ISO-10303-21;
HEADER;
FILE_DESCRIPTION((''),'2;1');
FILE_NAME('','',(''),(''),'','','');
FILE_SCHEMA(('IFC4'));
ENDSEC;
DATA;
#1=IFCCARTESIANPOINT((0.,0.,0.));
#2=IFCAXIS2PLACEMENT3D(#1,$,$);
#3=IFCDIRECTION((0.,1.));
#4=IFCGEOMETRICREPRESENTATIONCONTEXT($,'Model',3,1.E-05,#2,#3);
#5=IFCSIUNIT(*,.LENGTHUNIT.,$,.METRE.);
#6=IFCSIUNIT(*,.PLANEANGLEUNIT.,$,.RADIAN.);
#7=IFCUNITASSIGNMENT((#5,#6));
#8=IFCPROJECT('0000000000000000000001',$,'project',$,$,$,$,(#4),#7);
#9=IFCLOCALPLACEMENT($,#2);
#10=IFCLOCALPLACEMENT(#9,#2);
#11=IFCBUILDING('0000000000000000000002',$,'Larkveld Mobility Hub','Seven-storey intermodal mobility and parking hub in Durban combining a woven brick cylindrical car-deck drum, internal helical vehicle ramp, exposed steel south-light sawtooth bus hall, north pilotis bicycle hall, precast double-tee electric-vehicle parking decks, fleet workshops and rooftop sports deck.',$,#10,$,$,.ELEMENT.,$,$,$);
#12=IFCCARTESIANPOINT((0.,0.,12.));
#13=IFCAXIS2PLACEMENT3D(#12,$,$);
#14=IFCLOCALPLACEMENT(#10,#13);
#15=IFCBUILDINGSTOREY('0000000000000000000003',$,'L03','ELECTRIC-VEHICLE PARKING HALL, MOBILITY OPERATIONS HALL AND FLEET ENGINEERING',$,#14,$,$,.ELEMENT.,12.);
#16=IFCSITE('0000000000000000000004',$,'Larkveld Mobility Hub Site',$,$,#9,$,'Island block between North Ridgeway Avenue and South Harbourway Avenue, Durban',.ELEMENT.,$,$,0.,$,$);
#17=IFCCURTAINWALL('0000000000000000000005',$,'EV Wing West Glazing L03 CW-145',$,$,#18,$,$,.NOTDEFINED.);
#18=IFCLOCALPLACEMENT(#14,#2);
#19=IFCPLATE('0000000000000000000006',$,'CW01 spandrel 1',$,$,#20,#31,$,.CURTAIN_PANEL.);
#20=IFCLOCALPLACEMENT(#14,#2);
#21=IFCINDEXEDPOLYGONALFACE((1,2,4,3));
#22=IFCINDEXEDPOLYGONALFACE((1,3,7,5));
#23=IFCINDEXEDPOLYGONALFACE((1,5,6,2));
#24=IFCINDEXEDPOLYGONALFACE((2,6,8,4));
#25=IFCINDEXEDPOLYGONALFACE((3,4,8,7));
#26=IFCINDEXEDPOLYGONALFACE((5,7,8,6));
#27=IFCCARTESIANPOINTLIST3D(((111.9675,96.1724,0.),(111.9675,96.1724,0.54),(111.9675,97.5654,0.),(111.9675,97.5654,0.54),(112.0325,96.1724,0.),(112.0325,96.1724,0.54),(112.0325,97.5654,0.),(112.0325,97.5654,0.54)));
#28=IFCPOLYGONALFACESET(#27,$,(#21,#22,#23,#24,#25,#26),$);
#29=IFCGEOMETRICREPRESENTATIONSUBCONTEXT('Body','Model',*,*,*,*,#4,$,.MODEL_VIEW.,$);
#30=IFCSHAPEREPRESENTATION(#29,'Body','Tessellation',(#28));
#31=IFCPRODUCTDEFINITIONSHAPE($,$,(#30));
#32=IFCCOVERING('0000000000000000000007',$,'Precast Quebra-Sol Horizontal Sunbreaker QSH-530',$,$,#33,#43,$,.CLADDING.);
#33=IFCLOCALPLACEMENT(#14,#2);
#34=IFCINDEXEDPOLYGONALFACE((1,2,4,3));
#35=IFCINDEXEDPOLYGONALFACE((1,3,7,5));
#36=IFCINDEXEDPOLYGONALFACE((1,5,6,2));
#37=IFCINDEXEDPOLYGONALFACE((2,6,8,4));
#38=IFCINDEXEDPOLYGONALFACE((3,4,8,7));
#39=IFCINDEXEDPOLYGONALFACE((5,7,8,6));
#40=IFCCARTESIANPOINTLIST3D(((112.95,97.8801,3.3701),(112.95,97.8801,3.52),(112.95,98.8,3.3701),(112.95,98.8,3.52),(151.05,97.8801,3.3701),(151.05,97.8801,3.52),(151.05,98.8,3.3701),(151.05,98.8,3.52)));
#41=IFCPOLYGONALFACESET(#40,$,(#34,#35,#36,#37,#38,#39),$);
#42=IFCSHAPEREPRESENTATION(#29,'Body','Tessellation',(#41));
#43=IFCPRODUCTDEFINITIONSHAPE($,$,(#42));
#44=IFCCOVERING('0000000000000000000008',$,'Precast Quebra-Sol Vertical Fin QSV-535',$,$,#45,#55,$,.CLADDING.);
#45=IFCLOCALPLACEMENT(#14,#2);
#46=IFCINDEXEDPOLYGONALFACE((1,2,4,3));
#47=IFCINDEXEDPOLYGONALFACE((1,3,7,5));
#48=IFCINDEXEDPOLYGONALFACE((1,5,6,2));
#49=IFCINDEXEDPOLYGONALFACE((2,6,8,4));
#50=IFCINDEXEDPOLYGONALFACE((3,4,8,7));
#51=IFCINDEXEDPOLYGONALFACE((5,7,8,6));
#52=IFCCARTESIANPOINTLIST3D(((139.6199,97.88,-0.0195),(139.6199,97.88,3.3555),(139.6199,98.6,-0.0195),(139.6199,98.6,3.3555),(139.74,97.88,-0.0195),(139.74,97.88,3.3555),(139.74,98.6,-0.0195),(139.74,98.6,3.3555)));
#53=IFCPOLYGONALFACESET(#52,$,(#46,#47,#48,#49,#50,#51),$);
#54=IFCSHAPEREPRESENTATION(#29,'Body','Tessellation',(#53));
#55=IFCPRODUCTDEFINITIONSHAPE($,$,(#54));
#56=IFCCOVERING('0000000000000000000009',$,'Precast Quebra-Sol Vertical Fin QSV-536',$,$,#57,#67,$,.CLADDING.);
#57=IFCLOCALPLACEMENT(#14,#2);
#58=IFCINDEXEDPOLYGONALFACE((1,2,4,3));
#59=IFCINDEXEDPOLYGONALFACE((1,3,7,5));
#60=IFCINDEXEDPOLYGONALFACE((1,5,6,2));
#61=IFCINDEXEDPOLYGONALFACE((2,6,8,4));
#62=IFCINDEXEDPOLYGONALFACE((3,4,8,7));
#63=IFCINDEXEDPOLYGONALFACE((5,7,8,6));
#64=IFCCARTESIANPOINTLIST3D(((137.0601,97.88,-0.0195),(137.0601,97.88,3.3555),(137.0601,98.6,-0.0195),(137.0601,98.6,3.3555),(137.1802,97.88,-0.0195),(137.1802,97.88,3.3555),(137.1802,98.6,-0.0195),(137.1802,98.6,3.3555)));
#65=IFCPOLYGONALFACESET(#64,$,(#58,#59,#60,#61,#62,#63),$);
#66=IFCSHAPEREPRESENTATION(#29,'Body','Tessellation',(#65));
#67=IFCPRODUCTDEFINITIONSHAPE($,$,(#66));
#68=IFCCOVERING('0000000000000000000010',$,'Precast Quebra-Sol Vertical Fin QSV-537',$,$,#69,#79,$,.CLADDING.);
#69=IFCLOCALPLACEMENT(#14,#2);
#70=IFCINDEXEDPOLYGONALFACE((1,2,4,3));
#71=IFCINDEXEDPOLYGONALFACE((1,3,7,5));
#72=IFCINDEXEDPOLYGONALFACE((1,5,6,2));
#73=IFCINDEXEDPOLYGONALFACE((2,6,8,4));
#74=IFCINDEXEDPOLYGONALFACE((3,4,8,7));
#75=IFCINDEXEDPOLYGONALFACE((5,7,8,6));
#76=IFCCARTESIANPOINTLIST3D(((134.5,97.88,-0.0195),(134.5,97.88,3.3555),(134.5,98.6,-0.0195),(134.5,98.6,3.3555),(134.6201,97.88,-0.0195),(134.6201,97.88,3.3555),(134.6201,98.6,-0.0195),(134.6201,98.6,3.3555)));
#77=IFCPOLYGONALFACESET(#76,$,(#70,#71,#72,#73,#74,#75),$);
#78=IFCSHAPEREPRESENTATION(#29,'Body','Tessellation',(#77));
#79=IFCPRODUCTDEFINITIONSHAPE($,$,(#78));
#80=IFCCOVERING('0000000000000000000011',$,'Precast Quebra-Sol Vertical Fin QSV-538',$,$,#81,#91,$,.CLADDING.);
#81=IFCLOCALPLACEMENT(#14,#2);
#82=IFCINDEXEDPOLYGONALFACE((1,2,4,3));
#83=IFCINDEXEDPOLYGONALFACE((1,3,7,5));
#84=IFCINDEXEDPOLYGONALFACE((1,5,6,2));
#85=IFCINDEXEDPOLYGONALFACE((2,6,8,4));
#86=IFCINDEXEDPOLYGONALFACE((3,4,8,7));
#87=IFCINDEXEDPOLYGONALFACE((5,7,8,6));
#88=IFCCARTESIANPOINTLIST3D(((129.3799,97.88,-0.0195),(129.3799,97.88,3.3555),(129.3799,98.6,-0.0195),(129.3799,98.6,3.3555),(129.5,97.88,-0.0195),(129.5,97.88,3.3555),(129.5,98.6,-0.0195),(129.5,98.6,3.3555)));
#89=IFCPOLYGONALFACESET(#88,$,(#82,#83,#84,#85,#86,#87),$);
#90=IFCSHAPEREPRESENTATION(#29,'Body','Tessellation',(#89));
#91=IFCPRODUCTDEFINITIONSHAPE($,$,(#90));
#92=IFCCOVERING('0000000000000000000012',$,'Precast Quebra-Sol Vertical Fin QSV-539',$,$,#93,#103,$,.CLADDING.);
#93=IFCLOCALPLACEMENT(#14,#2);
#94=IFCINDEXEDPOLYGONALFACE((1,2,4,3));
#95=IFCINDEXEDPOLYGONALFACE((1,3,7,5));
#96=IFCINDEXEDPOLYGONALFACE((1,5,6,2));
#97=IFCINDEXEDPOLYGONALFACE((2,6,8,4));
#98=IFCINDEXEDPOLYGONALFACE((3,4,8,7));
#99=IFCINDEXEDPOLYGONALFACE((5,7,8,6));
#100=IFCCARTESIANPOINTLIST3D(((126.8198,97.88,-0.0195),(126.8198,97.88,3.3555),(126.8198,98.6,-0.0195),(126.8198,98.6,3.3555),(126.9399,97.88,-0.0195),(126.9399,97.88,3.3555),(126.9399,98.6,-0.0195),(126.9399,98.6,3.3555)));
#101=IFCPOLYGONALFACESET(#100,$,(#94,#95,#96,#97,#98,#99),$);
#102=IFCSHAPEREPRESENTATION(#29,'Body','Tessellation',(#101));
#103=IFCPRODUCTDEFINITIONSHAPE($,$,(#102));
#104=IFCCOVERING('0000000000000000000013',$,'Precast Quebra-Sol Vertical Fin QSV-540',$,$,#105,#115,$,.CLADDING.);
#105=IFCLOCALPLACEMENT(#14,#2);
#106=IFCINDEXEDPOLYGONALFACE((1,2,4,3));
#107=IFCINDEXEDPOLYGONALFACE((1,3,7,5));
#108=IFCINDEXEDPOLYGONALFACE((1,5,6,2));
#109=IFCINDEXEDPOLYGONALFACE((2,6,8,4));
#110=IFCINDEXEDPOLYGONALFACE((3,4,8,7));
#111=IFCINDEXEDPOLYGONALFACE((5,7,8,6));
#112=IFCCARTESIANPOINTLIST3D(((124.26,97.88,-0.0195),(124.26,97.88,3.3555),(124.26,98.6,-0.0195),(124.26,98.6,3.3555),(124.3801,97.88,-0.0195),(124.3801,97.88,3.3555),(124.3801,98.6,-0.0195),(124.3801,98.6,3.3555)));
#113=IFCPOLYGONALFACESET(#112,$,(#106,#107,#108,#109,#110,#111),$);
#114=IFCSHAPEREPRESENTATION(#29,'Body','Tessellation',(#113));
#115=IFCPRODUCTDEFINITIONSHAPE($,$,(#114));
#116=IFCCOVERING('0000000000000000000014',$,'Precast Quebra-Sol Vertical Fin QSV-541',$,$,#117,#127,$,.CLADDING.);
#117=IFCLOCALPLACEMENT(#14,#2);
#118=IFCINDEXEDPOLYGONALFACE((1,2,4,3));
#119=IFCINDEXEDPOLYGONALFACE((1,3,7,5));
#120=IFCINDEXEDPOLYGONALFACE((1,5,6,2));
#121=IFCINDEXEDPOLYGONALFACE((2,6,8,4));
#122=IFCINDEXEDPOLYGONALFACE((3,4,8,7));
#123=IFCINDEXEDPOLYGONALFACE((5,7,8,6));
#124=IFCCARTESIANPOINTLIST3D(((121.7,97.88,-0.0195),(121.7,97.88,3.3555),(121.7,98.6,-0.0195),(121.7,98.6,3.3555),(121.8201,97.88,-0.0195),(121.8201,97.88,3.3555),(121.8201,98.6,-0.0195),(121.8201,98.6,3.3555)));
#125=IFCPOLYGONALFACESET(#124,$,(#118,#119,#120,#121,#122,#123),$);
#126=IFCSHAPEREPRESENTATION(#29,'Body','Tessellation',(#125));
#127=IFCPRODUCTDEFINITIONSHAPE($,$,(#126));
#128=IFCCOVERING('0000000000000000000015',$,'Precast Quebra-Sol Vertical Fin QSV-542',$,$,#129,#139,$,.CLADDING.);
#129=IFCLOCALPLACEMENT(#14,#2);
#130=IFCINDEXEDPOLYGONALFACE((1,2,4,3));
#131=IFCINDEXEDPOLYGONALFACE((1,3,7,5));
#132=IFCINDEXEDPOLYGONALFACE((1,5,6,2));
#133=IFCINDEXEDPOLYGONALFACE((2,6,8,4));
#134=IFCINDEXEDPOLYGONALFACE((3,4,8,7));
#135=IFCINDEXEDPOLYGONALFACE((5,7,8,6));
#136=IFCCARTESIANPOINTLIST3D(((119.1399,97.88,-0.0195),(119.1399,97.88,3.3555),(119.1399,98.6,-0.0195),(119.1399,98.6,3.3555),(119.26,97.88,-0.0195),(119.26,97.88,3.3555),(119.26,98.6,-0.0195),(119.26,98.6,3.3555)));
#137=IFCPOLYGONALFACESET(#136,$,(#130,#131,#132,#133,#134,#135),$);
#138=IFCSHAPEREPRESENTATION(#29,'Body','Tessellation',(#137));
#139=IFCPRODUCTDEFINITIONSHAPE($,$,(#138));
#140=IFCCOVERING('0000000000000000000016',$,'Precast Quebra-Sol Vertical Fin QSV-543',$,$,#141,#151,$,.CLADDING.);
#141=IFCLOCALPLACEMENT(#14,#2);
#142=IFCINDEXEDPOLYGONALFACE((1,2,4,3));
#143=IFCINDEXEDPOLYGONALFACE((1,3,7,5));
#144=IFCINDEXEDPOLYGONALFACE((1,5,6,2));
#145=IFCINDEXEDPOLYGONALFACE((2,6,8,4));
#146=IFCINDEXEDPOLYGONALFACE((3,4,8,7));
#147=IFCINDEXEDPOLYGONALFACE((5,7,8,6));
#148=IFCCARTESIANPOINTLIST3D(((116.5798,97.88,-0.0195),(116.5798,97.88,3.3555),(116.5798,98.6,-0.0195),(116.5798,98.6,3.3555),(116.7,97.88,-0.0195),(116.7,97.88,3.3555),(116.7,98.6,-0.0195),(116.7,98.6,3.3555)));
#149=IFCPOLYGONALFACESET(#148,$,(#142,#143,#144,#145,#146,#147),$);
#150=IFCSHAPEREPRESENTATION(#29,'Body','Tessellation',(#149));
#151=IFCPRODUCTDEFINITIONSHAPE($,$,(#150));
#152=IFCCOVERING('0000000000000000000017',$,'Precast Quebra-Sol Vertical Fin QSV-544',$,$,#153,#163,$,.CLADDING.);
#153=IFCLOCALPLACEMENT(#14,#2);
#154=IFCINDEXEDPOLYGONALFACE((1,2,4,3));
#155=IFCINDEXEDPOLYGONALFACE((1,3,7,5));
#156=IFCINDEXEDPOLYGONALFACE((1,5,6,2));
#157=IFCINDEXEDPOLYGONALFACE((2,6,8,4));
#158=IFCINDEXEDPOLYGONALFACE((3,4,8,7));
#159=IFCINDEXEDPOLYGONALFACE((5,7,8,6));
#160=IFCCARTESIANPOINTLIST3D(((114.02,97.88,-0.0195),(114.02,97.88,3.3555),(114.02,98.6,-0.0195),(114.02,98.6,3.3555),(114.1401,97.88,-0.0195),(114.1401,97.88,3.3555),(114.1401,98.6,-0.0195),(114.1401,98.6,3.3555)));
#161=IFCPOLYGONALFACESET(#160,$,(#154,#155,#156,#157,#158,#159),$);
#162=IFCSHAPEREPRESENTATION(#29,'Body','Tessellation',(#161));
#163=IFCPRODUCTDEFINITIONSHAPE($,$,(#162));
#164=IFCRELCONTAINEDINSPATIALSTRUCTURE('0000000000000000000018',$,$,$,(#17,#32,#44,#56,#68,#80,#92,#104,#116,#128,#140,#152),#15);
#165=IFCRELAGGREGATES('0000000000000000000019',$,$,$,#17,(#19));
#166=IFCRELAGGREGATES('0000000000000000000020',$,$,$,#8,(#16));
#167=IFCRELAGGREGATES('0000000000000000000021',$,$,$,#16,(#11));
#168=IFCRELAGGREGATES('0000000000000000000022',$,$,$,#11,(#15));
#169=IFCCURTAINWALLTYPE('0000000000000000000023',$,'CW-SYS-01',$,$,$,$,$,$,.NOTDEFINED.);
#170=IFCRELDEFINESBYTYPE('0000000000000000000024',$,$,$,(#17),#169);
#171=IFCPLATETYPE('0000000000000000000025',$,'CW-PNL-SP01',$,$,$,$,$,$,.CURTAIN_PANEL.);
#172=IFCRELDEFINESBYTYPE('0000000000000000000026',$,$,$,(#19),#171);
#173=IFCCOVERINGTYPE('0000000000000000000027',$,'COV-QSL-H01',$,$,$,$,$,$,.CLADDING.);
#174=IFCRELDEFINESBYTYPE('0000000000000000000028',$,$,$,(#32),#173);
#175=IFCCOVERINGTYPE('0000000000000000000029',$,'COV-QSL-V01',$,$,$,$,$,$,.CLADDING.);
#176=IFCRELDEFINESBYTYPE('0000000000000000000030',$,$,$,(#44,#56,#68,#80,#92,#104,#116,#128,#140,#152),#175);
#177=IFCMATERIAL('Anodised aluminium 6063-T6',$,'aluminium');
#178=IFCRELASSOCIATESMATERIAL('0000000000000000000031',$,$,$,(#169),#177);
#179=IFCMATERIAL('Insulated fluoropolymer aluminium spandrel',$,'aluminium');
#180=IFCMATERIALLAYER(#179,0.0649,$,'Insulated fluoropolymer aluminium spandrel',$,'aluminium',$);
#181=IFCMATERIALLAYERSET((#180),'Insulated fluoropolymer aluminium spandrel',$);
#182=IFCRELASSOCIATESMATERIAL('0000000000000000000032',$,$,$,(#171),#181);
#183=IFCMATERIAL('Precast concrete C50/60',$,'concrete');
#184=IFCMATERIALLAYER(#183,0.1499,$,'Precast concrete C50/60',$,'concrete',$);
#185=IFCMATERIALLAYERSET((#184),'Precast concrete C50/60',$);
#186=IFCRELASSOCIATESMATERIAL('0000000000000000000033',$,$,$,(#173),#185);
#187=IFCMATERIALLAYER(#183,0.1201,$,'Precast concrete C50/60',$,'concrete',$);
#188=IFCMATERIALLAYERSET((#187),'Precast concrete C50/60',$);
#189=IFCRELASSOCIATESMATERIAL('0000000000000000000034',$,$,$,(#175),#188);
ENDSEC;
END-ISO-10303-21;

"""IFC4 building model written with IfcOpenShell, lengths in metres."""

from ifc_helpers import new_model, si_unit, direction, frame, origin, origin_2d, place, context, subcontext, project, spatial, rectangle, extrude, material, layer, layer_set, type_object, element, aggregate, save


model = new_model("IFC4")

# Units and contexts
model_context = context("Model", 3, precision=1e-05, world=origin(), true_north=direction((0.0, 1.0)))
body_context = subcontext(model_context, "Body", "Model", "MODEL_VIEW")
ifc_project = project(units=[si_unit("LENGTHUNIT", "METRE"), si_unit("PLANEANGLEUNIT", "RADIAN")], contexts=[model_context])

# Site, building, storey
site_placement = place(None, origin())
site = spatial("IfcSite", under=ifc_project, at=site_placement, Name="Larkveld Mobility Hub Site", LongName="Island block between North Ridgeway Avenue and South Harbourway Avenue, Durban", CompositionType="ELEMENT", RefElevation=0.0)
building_placement = place(site_placement, origin())
building = spatial("IfcBuilding", under=site, at=building_placement, Name="Larkveld Mobility Hub", Description="Seven-storey intermodal mobility and parking hub in Durban combining a woven brick cylindrical car-deck drum, internal helical vehicle ramp, exposed steel south-light sawtooth bus hall, north pilotis bicycle hall, precast double-tee electric-vehicle parking decks, fleet workshops and rooftop sports deck.", CompositionType="ELEMENT")
storey_placement = place(building_placement, frame((0.0, 0.0, 12.0)))
storey = spatial("IfcBuildingStorey", under=building, at=storey_placement, Name="L03", Description="ELECTRIC-VEHICLE PARKING HALL, MOBILITY OPERATIONS HALL AND FLEET ENGINEERING", CompositionType="ELEMENT", Elevation=12.0)

# Shared definitions
ifc_material_1 = material(Name="Precast concrete C50/60", Category="concrete")

# Curtain wall, plate
ifc_material_2 = material(Name="Anodised aluminium 6063-T6", Category="aluminium")
curtain_wall_type = type_object("IfcCurtainWallType", Name="CW-SYS-01", PredefinedType="NOTDEFINED", material=ifc_material_2)
curtain_wall_placement = place(storey_placement, origin())
curtain_wall = element("IfcCurtainWall", 1, at=curtain_wall_placement, inside=storey, type_object=curtain_wall_type, Name="EV Wing West Glazing L03 CW-145", PredefinedType="NOTDEFINED")
ifc_material_3 = material(Name="Insulated fluoropolymer aluminium spandrel", Category="aluminium")
ifc_layer_1 = layer(ifc_material_3, 0.0649, Name="Insulated fluoropolymer aluminium spandrel", Category="aluminium")
ifc_layer_set_1 = layer_set([ifc_layer_1], Name="Insulated fluoropolymer aluminium spandrel")
plate_type_1 = type_object("IfcPlateType", Name="CW-PNL-SP01", PredefinedType="CURTAIN_PANEL", material=ifc_layer_set_1)
plate_1_placement = place(storey_placement, frame((112.0, 96.8689, 0.0), z_axis=(0.0, 0.0, 1.0), x_axis=(0.0, -1.0, 0.0)))
plate_1 = element("IfcPlate", 2, at=plate_1_placement, type_object=plate_type_1, Name="CW01 spandrel 1", PredefinedType="CURTAIN_PANEL", context=body_context, shape_type="SweptSolid", body=[
    extrude(rectangle(XDim=1.3931, YDim=0.0649, at=origin_2d()), origin(), (0.0, 0.0, 1.0), 0.54),
])
aggregate(curtain_wall, [plate_1])

# Coverings
ifc_layer_2 = layer(ifc_material_1, 0.1499, Name="Precast concrete C50/60", Category="concrete")
ifc_layer_set_2 = layer_set([ifc_layer_2], Name="Precast concrete C50/60")
covering_type_1 = type_object("IfcCoveringType", Name="COV-QSL-H01", PredefinedType="CLADDING", material=ifc_layer_set_2)
covering_placement = place(storey_placement, frame((132.0, 98.3401, 3.3701), z_axis=(0.0, 0.0, 1.0), x_axis=(-1.0, 0.0, 0.0)))
element("IfcCovering", 3, at=covering_placement, inside=storey, type_object=covering_type_1, Name="Precast Quebra-Sol Horizontal Sunbreaker QSH-530", PredefinedType="CLADDING", context=body_context, shape_type="SweptSolid", body=[
    extrude(rectangle(XDim=38.1001, YDim=0.9199, at=origin_2d()), origin(), (0.0, 0.0, 1.0), 0.1499),
])
ifc_layer_3 = layer(ifc_material_1, 0.1201, Name="Precast concrete C50/60", Category="concrete")
ifc_layer_set_3 = layer_set([ifc_layer_3], Name="Precast concrete C50/60")
covering_type_2 = type_object("IfcCoveringType", Name="COV-QSL-V01", PredefinedType="CLADDING", material=ifc_layer_set_3)
for number, where, z_axis, x_axis, name in (
    (4, (139.6799, 98.24, -0.0195), (0.0, 0.0, 1.0), (-1.0, 0.0, 0.0), "Precast Quebra-Sol Vertical Fin QSV-535"),
    (5, (137.1201, 98.24, -0.0195), (0.0, 0.0, 1.0), (-1.0, 0.0, 0.0), "Precast Quebra-Sol Vertical Fin QSV-536"),
    (6, (134.5601, 98.24, -0.0195), (0.0, 0.0, 1.0), (-1.0, 0.0, 0.0), "Precast Quebra-Sol Vertical Fin QSV-537"),
    (7, (129.4399, 98.24, -0.0195), (0.0, 0.0, 1.0), (-1.0, 0.0, 0.0), "Precast Quebra-Sol Vertical Fin QSV-538"),
    (8, (126.8799, 98.24, -0.0195), (0.0, 0.0, 1.0), (-1.0, 0.0, 0.0), "Precast Quebra-Sol Vertical Fin QSV-539"),
    (9, (124.3201, 98.24, -0.0195), (0.0, 0.0, 1.0), (-1.0, 0.0, 0.0), "Precast Quebra-Sol Vertical Fin QSV-540"),
    (10, (121.76, 98.24, -0.0195), (0.0, 0.0, 1.0), (-1.0, 0.0, 0.0), "Precast Quebra-Sol Vertical Fin QSV-541"),
    (11, (119.2, 98.24, -0.0195), (0.0, 0.0, 1.0), (-1.0, 0.0, 0.0), "Precast Quebra-Sol Vertical Fin QSV-542"),
    (12, (116.6399, 98.24, -0.0195), (0.0, 0.0, 1.0), (-1.0, 0.0, 0.0), "Precast Quebra-Sol Vertical Fin QSV-543"),
    (13, (114.0801, 98.24, -0.0195), (0.0, 0.0, 1.0), (-1.0, 0.0, 0.0), "Precast Quebra-Sol Vertical Fin QSV-544"),
):
    element("IfcCovering", number, at=place(storey_placement, frame(where, z_axis=z_axis, x_axis=x_axis)), inside=storey, type_object=covering_type_2, Name=name, PredefinedType="CLADDING", context=body_context, shape_type="SweptSolid", body=[
        extrude(rectangle(XDim=0.1201, YDim=0.72, at=origin_2d()), origin(), (0.0, 0.0, 1.0), 3.375),
    ])

save(model, "model.ifc")
